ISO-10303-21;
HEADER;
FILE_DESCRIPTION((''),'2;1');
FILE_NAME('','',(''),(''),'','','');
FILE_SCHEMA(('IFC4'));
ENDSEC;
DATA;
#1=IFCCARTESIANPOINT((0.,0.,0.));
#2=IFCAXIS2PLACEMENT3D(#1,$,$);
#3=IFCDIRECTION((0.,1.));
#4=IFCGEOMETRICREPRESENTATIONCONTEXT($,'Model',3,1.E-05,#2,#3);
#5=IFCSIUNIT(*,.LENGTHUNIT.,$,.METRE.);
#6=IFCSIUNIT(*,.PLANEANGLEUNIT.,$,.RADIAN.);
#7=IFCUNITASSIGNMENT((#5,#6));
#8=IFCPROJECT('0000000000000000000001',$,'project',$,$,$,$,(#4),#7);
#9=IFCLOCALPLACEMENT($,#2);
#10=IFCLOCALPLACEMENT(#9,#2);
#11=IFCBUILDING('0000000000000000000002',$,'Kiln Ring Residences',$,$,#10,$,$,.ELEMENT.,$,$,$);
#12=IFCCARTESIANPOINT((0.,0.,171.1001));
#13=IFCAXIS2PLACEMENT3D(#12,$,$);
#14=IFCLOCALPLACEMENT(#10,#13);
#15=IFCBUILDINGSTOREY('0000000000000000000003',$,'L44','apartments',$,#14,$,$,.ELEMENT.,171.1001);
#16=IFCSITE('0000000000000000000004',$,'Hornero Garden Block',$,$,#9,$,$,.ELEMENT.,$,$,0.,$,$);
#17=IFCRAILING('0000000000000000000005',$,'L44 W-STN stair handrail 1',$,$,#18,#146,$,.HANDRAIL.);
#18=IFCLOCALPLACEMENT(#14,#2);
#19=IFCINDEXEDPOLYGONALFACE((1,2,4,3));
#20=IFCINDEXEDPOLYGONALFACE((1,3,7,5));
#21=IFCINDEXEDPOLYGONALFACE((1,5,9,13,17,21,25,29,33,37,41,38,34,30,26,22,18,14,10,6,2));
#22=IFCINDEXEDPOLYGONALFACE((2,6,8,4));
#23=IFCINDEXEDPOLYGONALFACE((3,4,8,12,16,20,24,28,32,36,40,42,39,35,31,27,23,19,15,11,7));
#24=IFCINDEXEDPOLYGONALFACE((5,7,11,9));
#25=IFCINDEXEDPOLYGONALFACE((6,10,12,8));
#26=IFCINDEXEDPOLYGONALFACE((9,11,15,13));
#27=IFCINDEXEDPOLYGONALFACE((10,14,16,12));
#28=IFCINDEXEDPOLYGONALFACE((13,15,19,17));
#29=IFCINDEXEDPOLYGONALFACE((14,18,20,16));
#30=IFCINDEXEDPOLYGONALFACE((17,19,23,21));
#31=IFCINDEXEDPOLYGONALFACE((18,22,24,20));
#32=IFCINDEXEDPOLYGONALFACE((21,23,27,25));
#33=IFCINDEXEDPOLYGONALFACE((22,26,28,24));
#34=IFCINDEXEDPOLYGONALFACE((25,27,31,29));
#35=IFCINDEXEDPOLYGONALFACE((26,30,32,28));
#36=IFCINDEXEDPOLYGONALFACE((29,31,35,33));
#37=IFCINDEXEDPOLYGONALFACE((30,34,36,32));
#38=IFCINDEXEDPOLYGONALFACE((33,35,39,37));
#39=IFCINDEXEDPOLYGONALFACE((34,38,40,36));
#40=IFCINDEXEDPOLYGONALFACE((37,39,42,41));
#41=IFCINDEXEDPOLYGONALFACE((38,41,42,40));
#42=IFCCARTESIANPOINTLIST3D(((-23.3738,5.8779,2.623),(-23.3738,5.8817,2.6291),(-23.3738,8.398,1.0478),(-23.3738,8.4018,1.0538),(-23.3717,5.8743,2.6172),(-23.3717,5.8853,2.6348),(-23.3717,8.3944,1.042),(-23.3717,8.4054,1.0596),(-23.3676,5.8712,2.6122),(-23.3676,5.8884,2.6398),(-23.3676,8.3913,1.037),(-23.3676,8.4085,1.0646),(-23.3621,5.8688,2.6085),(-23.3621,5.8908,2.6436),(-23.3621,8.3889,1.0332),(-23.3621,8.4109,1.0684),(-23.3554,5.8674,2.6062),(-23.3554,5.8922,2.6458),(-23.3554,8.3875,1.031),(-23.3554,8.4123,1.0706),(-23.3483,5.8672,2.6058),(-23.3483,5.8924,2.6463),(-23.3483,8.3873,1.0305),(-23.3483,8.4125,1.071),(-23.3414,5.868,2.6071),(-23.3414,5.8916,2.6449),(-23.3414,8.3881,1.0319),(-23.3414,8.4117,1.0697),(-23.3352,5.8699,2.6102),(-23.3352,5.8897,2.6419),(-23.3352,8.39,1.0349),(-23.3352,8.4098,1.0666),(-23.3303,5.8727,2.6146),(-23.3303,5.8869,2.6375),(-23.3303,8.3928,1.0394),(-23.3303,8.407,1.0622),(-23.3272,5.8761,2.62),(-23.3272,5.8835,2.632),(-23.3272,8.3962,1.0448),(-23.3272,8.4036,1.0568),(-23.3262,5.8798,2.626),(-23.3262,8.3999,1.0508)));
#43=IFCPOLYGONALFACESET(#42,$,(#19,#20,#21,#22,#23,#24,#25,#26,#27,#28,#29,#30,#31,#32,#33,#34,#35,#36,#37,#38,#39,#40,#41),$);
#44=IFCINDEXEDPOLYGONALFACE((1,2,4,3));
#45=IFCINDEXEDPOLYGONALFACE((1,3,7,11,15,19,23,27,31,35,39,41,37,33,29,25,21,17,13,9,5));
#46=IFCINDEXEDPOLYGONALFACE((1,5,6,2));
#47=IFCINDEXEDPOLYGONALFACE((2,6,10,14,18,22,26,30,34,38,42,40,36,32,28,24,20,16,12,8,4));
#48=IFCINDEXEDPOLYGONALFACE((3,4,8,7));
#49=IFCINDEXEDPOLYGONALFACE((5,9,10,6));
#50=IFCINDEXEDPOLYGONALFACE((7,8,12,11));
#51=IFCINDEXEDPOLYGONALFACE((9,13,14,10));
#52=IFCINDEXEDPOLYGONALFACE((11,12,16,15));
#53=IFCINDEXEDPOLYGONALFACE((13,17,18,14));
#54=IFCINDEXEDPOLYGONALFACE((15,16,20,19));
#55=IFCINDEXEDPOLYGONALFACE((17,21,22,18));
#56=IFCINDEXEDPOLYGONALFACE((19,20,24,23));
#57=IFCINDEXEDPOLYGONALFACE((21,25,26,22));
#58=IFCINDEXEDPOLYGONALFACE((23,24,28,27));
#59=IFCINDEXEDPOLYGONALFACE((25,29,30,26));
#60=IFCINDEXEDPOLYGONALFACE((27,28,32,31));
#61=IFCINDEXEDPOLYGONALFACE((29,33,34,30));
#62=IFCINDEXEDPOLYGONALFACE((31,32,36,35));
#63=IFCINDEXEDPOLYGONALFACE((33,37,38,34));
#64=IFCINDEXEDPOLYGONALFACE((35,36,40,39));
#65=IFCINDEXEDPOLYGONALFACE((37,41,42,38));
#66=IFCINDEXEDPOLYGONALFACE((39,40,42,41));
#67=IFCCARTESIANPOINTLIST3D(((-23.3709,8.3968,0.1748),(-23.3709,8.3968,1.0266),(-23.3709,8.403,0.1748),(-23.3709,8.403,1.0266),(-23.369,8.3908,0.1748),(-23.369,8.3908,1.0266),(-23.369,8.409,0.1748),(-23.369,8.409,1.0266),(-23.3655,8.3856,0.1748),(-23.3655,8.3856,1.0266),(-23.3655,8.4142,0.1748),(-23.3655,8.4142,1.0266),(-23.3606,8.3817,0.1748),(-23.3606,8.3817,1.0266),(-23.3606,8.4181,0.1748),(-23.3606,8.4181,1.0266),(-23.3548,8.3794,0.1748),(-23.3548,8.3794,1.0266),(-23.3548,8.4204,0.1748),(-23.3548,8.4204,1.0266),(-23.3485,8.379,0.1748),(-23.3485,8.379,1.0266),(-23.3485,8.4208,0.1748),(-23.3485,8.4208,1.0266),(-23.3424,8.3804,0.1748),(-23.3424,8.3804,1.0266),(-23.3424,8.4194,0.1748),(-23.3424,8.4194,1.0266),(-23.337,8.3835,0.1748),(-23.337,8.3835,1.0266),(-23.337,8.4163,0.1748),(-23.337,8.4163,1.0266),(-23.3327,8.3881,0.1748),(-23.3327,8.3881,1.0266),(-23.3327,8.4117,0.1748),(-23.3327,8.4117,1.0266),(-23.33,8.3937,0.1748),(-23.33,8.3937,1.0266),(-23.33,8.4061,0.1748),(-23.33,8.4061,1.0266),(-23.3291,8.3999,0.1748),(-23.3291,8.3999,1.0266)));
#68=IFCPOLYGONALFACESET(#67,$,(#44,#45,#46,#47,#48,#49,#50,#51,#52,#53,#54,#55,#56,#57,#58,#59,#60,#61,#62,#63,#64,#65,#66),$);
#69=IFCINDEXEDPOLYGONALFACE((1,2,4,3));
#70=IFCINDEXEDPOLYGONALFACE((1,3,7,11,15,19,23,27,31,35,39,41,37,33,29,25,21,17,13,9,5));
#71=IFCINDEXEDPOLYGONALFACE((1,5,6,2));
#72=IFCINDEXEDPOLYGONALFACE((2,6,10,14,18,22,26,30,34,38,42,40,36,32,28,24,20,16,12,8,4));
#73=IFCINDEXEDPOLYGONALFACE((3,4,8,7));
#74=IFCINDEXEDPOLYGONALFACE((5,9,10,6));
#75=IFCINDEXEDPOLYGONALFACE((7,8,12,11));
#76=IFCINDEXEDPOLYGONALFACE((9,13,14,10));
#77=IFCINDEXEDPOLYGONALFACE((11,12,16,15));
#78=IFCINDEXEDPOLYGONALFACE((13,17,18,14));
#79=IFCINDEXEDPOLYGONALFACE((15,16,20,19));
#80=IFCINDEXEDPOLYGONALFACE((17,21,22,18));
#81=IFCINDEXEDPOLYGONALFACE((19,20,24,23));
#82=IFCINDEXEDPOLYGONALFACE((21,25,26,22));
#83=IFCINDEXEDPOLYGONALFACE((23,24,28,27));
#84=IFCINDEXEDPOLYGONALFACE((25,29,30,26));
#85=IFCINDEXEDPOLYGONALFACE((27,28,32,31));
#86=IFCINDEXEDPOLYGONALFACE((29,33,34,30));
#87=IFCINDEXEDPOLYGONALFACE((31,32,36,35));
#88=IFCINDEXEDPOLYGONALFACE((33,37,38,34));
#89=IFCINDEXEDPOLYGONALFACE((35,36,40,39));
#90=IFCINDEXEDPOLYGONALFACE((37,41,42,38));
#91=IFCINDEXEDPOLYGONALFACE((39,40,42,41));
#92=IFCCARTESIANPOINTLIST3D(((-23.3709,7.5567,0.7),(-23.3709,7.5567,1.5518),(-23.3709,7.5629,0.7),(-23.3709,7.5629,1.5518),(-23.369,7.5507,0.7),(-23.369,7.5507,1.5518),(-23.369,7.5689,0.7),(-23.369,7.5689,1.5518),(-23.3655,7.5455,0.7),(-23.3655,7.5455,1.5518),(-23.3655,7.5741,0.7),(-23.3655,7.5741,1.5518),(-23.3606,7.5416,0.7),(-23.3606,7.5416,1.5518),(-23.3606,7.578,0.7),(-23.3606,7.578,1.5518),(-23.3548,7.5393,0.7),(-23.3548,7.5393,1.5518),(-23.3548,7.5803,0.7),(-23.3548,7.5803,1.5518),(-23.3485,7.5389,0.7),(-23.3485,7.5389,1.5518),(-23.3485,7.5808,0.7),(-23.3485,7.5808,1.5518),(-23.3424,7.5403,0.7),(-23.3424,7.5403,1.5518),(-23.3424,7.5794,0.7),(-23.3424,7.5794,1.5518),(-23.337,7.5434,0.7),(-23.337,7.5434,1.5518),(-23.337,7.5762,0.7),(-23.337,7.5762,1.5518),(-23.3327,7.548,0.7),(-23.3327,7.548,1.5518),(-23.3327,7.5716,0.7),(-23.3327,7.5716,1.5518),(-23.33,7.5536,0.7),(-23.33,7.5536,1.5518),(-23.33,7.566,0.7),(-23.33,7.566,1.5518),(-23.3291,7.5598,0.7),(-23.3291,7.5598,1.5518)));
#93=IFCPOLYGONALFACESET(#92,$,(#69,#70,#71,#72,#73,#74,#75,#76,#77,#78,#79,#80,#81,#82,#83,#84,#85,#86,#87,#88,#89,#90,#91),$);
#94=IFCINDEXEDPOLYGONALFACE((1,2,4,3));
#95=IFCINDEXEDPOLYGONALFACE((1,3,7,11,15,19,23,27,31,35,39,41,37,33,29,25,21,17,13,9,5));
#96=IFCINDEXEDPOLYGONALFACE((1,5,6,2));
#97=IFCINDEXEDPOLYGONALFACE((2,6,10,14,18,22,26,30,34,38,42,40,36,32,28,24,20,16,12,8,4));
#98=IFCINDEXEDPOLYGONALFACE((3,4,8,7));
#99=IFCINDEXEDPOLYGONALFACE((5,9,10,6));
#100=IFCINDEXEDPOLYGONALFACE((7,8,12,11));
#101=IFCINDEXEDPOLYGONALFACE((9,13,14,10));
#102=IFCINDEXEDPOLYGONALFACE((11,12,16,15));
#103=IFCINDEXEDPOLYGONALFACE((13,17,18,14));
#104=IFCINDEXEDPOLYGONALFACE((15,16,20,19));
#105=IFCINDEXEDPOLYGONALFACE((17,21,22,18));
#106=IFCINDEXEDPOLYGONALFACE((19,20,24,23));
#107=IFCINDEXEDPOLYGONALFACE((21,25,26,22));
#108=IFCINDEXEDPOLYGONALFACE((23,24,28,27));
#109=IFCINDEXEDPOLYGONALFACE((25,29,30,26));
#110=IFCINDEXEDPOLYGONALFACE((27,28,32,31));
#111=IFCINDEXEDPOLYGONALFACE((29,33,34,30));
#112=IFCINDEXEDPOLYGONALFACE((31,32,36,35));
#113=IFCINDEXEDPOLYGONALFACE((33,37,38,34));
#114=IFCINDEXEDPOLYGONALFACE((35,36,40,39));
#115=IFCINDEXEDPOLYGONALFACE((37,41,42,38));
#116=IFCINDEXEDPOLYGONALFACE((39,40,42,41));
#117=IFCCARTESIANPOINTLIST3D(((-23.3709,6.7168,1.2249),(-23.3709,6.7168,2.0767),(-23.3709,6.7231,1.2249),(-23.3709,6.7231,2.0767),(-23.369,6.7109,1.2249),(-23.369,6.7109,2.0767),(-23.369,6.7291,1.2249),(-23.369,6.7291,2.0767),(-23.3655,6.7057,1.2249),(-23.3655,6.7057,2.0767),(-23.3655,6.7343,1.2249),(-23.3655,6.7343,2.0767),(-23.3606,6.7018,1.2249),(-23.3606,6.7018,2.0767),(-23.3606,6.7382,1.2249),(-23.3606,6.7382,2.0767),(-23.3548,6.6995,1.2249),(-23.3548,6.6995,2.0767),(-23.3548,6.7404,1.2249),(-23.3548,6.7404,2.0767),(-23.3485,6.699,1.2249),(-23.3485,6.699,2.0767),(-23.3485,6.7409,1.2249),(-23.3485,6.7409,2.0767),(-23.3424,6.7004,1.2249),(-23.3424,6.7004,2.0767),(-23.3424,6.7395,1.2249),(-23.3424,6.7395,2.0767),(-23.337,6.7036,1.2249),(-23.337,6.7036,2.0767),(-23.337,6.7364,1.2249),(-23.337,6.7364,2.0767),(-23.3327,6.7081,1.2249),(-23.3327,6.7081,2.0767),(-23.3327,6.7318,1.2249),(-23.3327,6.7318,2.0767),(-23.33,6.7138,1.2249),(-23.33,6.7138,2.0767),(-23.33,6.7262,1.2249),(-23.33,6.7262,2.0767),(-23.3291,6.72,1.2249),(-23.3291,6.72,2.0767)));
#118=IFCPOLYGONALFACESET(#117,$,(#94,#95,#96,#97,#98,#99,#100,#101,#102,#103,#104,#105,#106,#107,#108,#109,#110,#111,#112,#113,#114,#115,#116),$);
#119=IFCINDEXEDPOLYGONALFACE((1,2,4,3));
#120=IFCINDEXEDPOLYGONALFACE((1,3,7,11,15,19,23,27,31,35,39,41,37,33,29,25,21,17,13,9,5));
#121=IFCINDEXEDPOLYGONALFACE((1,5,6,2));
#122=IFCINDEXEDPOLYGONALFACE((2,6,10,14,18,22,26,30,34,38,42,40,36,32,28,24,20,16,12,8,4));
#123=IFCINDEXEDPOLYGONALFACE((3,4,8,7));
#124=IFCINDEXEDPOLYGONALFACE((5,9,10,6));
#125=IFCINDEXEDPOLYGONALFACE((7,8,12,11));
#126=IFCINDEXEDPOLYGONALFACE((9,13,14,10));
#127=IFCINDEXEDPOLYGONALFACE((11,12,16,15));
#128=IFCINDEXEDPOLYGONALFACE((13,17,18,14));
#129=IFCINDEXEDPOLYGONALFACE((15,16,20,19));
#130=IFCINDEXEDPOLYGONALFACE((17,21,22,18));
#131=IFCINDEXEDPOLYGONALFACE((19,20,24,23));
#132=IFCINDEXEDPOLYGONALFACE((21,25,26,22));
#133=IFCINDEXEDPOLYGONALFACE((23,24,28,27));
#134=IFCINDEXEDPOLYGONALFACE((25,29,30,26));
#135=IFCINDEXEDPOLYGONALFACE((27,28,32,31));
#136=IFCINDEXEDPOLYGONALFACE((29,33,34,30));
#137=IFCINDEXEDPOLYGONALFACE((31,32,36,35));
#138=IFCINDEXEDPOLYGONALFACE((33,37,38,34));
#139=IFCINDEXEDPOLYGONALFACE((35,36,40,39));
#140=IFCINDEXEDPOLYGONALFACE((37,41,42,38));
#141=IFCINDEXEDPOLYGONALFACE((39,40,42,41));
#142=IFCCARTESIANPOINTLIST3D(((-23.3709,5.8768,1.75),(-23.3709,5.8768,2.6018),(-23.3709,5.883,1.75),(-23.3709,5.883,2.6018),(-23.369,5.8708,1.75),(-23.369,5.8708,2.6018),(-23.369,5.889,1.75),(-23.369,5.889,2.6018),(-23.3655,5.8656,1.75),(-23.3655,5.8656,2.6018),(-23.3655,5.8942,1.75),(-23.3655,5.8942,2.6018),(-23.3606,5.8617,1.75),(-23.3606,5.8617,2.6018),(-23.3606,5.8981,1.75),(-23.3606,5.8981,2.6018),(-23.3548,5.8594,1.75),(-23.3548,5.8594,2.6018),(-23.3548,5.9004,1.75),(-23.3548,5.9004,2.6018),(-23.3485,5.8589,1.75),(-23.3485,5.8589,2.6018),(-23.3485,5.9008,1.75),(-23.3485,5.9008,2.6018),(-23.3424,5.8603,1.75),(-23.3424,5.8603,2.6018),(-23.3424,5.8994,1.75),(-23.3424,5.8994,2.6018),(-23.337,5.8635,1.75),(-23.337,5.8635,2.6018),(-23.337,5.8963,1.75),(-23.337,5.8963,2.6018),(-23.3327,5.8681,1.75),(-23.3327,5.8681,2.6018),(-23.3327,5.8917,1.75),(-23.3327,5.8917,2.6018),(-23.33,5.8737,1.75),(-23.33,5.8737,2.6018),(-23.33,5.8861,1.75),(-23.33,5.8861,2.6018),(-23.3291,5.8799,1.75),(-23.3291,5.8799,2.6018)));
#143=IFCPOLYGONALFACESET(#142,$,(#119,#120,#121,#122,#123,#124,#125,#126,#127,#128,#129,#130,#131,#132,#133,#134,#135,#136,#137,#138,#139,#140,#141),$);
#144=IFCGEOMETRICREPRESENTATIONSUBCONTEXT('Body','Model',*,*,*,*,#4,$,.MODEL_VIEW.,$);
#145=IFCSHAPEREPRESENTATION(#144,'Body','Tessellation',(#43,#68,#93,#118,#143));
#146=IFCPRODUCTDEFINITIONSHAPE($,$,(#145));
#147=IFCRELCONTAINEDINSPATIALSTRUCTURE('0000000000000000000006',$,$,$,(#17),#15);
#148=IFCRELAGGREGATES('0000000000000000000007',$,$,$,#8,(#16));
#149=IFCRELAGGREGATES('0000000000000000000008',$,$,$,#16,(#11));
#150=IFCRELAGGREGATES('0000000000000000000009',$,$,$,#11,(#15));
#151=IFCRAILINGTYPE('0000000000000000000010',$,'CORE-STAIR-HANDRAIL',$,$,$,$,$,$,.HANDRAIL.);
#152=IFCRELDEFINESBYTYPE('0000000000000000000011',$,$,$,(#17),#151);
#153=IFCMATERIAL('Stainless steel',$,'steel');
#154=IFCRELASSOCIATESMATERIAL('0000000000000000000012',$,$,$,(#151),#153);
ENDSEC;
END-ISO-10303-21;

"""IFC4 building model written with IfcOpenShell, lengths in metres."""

from ifc_helpers import new_model, si_unit, direction, frame, origin, origin_2d, place, context, subcontext, project, spatial, circle, extrude, material, type_object, element, save


model = new_model("IFC4")

# Units and contexts
model_context = context("Model", 3, precision=1e-05, world=origin(), true_north=direction((0.0, 1.0)))
body_context = subcontext(model_context, "Body", "Model", "MODEL_VIEW")
ifc_project = project(units=[si_unit("LENGTHUNIT", "METRE"), si_unit("PLANEANGLEUNIT", "RADIAN")], contexts=[model_context])

# Site, building, storey
site_placement = place(None, origin())
site = spatial("IfcSite", under=ifc_project, at=site_placement, Name="Hornero Garden Block", CompositionType="ELEMENT", RefElevation=0.0)
building_placement = place(site_placement, origin())
building = spatial("IfcBuilding", under=site, at=building_placement, Name="Kiln Ring Residences", CompositionType="ELEMENT")
storey_placement = place(building_placement, frame((0.0, 0.0, 171.1001)))
storey = spatial("IfcBuildingStorey", under=building, at=storey_placement, Name="L44", Description="apartments", CompositionType="ELEMENT", Elevation=171.1001)

# Railing
ifc_material_1 = material(Name="Stainless steel", Category="steel")
railing_type_1 = type_object("IfcRailingType", Name="CORE-STAIR-HANDRAIL", PredefinedType="HANDRAIL", material=ifc_material_1)
railing_1_placement = place(storey_placement, frame((-23.3501, 8.3999, 0.1748)))
element("IfcRailing", 1, at=railing_1_placement, inside=storey, type_object=railing_type_1, Name="L44 W-STN stair handrail 1", PredefinedType="HANDRAIL", context=body_context, shape_type="SweptSolid", body=[
    extrude(circle(Radius=0.0239, at=origin_2d()), frame((0.0, 0.0, 0.876), z_axis=(0.0, -0.847971, 0.530043), x_axis=(1.0, 0.0, 0.0)), (0.0, 0.0, 1.0), 2.9719),
    extrude(circle(Radius=0.021, at=origin_2d()), origin(), (0.0, 0.0, 1.0), 0.8518),
    extrude(circle(Radius=0.021, at=origin_2d()), frame((0.0, -0.8401, 0.5251)), (0.0, 0.0, 1.0), 0.8518),
    extrude(circle(Radius=0.021, at=origin_2d()), frame((0.0, -1.6799, 1.05)), (0.0, 0.0, 1.0), 0.8518),
    extrude(circle(Radius=0.021, at=origin_2d()), frame((0.0, -2.52, 1.5752)), (0.0, 0.0, 1.0), 0.8518),
])

save(model, "model.ifc")
